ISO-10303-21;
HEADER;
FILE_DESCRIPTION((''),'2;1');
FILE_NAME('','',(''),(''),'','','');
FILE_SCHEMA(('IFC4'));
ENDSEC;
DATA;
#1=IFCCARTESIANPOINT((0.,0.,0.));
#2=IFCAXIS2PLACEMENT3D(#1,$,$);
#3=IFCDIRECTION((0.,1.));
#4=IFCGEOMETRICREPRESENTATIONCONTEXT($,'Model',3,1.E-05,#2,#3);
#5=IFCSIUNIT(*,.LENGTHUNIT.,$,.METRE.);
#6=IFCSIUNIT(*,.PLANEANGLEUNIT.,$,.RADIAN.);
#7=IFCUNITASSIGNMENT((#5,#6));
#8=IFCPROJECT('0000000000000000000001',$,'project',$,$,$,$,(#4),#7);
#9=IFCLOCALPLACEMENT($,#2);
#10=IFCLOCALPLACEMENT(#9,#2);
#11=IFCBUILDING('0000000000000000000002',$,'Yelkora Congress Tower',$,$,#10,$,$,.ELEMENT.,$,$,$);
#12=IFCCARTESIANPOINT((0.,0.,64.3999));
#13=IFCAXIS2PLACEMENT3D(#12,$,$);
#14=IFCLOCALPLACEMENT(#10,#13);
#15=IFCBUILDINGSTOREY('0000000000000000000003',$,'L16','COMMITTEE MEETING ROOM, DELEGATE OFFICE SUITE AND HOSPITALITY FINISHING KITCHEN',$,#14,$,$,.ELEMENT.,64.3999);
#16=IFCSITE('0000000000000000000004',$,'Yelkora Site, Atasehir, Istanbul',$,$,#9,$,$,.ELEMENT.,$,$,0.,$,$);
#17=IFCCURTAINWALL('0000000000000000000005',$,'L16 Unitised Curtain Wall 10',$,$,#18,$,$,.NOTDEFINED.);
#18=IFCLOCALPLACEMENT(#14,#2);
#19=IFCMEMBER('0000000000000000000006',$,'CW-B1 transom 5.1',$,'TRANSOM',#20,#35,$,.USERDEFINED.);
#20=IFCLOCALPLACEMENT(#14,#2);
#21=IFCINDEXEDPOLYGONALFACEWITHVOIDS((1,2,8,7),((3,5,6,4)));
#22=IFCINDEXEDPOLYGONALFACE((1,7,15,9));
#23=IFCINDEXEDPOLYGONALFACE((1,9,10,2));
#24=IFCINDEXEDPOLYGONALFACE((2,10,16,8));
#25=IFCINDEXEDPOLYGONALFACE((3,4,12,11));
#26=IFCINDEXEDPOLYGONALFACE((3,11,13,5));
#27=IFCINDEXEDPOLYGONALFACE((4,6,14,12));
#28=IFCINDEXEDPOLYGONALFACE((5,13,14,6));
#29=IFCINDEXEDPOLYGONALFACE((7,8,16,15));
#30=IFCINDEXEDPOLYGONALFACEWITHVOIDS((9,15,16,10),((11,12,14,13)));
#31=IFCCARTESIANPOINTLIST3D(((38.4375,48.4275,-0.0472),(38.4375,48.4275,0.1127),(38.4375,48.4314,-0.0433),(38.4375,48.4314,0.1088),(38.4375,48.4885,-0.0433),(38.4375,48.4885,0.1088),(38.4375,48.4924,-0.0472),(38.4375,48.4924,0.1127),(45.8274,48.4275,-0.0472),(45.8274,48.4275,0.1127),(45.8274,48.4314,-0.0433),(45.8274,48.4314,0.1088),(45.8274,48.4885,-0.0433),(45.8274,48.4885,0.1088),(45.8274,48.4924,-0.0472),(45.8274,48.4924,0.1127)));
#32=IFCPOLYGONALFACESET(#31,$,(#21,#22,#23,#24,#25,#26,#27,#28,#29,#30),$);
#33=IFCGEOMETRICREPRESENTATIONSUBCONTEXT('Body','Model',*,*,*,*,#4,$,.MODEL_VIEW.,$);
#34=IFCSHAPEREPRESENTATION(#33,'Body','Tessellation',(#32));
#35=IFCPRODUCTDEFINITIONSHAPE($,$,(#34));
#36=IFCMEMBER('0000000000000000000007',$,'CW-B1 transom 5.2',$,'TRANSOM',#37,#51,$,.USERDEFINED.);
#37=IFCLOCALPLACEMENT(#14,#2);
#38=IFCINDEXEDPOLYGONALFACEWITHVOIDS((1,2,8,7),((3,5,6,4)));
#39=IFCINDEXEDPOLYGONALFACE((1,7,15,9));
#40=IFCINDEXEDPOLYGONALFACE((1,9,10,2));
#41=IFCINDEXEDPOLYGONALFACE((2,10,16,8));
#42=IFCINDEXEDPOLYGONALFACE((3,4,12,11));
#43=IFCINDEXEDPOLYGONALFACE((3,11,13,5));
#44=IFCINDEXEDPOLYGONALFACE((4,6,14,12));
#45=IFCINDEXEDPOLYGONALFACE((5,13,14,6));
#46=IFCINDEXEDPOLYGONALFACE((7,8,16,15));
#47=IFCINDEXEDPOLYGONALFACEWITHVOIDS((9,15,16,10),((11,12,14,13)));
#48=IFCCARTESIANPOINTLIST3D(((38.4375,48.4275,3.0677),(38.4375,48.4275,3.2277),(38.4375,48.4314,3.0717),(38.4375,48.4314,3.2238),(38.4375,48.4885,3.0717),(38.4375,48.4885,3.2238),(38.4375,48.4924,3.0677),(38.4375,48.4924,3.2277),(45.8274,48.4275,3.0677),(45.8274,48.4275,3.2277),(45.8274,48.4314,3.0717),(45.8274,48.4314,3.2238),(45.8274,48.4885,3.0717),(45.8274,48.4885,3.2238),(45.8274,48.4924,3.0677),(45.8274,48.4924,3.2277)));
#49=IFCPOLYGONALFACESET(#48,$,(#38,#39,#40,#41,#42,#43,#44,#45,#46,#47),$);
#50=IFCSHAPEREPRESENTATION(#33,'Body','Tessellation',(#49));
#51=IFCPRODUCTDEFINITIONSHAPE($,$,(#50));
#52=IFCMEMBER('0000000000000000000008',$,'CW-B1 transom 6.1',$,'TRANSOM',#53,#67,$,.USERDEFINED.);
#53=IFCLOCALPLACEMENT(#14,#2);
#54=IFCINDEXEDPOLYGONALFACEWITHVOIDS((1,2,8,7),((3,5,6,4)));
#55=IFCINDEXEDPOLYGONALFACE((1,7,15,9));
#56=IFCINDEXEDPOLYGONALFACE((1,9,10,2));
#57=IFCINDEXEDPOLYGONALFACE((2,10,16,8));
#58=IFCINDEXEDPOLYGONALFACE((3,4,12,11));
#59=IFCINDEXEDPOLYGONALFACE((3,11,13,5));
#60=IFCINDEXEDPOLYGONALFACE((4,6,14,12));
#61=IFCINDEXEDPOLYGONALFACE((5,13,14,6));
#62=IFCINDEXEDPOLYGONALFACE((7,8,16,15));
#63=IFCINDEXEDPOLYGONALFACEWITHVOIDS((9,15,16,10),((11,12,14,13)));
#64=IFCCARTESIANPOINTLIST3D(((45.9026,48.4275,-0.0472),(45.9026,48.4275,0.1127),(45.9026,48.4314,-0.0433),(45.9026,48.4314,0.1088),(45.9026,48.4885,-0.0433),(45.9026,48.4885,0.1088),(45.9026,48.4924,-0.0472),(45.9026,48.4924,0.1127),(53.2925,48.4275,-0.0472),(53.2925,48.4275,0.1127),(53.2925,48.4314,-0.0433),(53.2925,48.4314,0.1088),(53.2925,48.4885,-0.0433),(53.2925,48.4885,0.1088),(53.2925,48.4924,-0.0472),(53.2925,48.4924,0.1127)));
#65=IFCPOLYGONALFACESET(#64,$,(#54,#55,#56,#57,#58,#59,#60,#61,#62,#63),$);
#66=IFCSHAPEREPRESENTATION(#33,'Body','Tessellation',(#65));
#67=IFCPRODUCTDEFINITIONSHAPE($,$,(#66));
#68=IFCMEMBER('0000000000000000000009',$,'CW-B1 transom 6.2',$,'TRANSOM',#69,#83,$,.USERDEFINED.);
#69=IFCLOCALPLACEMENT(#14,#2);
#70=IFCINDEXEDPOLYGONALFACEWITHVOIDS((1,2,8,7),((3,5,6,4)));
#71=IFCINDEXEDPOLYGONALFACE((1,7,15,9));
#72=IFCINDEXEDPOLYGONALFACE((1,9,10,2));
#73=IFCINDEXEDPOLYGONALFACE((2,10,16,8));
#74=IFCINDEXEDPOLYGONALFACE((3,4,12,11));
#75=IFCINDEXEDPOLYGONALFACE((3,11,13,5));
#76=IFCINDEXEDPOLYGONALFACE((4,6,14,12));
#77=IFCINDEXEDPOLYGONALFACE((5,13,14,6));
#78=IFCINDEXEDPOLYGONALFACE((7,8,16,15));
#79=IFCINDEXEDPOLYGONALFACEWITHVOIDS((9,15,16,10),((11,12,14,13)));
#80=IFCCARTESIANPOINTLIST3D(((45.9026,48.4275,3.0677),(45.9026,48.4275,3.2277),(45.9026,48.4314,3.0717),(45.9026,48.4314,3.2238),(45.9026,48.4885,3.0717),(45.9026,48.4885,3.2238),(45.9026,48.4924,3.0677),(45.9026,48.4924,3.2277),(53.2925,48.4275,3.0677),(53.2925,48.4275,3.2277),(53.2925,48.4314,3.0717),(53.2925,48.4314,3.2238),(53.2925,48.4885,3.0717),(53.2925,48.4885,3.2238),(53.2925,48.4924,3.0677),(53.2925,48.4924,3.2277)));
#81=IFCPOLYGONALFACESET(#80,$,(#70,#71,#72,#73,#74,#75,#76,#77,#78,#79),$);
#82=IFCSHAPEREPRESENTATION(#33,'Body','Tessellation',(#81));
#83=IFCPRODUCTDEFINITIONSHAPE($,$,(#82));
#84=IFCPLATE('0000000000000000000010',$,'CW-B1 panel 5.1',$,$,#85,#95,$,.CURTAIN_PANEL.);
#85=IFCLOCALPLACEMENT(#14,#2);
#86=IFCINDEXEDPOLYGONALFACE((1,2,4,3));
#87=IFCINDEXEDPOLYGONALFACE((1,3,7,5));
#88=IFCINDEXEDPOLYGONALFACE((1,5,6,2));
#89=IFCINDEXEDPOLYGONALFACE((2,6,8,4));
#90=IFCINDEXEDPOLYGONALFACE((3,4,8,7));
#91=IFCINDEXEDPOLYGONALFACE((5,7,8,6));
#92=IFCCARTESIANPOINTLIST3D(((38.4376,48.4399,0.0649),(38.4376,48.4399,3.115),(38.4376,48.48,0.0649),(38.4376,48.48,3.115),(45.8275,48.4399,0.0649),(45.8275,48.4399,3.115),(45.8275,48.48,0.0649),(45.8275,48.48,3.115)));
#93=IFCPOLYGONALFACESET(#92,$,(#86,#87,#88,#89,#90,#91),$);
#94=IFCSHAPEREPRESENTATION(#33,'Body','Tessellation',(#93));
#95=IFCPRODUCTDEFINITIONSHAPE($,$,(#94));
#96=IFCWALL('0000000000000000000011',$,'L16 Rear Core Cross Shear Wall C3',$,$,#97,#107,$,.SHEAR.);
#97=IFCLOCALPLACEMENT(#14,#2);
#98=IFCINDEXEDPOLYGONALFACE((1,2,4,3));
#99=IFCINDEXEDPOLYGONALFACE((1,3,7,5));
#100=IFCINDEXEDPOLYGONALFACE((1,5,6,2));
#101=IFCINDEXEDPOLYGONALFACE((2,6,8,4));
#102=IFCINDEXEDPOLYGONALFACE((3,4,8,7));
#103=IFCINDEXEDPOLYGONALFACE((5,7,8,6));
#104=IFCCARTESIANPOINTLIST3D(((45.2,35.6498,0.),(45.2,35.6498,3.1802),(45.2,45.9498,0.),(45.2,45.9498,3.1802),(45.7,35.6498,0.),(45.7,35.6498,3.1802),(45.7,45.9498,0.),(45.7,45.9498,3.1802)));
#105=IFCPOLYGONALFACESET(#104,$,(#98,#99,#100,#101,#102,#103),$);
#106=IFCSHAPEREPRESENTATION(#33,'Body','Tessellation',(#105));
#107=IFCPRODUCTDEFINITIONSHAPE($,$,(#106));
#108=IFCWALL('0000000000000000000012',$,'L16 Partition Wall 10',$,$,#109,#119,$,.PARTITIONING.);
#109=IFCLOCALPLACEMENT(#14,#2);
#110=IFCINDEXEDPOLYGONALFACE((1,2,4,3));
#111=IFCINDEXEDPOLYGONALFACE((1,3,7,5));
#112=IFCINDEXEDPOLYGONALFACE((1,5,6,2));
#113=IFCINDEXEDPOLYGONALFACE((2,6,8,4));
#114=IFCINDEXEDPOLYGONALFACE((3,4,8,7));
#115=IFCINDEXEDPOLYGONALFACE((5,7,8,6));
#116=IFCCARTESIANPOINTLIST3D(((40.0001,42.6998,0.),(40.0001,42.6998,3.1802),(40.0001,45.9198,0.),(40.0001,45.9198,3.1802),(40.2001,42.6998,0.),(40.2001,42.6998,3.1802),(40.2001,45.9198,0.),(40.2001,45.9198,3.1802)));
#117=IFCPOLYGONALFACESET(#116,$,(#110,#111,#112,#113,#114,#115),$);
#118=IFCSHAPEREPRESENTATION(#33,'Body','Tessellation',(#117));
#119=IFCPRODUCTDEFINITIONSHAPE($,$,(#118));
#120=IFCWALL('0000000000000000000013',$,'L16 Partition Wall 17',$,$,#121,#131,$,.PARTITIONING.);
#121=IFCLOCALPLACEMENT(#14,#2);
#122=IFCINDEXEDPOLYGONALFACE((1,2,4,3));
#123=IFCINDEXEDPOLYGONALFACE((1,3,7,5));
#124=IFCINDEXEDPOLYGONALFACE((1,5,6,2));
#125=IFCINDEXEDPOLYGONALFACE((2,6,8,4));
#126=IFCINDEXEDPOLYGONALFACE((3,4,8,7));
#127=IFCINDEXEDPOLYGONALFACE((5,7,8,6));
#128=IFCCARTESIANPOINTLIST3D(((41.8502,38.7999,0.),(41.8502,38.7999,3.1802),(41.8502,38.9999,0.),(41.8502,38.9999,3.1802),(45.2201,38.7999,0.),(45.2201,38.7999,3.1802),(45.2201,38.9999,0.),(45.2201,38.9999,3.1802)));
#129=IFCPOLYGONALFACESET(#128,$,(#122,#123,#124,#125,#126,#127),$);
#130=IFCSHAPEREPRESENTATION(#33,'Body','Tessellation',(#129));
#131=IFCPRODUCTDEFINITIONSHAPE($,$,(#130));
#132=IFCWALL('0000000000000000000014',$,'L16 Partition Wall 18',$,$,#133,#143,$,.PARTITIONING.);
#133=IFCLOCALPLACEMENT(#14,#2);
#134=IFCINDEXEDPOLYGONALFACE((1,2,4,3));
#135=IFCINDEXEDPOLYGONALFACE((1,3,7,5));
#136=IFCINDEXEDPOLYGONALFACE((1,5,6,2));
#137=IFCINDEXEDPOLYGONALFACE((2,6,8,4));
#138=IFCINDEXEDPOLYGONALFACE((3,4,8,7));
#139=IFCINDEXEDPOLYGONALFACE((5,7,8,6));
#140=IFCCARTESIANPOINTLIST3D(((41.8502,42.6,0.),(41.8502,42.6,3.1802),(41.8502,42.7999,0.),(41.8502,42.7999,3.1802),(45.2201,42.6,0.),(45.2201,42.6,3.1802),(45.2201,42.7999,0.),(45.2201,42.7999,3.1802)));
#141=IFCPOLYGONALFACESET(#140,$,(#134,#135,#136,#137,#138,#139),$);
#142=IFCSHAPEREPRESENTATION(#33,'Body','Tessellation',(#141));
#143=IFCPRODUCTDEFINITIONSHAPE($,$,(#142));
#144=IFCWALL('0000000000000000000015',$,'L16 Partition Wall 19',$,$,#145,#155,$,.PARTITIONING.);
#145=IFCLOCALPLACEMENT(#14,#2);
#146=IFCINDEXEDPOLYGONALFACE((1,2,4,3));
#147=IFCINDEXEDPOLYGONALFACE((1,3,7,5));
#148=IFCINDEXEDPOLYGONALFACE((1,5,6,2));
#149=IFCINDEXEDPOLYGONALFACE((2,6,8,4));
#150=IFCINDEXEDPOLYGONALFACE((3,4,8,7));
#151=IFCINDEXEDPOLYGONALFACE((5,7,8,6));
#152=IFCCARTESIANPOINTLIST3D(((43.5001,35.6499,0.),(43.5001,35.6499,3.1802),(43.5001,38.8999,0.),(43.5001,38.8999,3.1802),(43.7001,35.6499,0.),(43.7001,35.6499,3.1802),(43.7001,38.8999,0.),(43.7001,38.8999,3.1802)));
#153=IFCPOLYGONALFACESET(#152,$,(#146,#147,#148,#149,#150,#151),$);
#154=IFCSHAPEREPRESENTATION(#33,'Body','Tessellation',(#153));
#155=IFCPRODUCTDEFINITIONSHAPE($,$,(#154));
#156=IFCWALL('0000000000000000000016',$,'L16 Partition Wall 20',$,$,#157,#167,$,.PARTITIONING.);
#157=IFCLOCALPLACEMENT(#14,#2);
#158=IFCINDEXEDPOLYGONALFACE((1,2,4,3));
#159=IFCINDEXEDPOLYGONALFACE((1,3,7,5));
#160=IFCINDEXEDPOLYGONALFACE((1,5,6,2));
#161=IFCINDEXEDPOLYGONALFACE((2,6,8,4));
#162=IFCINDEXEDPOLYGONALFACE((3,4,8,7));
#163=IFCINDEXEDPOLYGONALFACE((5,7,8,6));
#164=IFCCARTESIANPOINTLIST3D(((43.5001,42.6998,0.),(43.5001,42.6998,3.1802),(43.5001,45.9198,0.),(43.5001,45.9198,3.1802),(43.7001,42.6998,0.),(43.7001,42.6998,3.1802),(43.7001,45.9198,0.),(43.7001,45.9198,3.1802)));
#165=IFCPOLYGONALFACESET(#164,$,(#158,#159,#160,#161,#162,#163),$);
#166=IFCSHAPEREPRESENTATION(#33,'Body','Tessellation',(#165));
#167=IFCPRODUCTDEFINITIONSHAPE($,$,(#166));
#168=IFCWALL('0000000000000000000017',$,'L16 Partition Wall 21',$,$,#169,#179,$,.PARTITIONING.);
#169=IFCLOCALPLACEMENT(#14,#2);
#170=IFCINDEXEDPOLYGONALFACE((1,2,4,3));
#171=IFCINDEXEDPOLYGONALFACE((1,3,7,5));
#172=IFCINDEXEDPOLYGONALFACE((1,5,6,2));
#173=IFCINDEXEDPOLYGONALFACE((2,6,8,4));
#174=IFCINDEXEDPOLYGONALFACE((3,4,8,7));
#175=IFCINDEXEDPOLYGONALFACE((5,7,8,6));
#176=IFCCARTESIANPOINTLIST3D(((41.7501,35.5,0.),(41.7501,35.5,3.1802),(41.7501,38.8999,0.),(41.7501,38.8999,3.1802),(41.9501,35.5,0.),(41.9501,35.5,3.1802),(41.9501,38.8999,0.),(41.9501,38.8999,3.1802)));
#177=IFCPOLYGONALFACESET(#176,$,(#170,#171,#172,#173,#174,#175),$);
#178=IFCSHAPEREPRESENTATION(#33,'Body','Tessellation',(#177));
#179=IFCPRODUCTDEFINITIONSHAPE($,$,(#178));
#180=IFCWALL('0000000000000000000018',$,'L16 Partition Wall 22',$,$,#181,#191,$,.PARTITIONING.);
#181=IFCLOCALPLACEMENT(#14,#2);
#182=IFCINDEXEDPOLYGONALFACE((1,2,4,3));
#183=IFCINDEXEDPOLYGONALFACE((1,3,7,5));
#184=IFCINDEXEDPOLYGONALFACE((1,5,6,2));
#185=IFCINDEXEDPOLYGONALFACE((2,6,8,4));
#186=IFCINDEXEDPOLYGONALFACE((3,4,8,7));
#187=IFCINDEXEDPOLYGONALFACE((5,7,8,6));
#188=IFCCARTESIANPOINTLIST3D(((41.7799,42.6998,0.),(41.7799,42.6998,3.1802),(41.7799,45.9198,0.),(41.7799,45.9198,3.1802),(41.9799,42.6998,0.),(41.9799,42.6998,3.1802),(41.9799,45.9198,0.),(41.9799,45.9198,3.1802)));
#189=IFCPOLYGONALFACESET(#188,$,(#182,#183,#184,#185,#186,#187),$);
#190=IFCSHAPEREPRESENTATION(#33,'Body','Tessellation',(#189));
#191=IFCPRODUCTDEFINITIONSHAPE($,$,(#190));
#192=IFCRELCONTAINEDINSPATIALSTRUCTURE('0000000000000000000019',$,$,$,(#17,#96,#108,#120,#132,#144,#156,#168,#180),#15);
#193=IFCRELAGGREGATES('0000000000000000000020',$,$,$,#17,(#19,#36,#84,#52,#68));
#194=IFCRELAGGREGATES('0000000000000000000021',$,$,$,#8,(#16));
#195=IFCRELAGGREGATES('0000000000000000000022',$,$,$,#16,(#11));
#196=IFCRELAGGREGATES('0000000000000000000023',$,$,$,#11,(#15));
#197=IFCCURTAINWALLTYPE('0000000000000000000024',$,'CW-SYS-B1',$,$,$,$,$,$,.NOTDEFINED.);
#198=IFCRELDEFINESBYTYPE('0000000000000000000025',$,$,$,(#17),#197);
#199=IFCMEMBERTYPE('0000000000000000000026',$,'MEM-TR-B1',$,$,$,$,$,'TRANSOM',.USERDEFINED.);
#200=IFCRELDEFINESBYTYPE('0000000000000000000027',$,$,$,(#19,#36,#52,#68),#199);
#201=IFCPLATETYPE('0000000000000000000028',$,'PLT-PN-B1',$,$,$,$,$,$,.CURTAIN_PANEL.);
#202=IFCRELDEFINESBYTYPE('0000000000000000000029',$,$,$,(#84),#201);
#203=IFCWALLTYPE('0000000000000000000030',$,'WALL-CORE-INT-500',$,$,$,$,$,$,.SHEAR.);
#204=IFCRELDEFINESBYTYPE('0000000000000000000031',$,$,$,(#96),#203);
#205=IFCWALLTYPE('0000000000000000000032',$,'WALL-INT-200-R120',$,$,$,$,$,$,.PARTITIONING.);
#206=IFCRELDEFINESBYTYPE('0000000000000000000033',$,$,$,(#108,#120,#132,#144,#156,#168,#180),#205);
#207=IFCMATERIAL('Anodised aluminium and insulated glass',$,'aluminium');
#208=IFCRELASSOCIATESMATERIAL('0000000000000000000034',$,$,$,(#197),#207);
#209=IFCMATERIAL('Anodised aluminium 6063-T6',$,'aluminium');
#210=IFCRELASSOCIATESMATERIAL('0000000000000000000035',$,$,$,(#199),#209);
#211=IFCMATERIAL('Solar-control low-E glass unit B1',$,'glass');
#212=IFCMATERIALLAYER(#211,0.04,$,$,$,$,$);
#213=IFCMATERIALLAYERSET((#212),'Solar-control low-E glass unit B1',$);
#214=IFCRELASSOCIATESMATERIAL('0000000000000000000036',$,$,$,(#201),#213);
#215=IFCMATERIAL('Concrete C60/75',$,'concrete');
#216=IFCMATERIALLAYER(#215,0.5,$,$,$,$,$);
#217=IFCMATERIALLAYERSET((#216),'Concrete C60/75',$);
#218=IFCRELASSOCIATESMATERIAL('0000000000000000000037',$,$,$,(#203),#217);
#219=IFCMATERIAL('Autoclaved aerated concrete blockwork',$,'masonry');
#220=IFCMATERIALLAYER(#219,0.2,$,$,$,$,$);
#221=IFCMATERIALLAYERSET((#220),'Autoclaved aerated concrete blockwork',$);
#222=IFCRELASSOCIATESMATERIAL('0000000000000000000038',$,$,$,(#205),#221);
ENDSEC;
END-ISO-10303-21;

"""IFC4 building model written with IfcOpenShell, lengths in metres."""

from ifc_helpers import new_model, si_unit, direction, frame, frame_2d, origin, origin_2d, place, context, subcontext, project, spatial, rectangle, hollow_rectangle, extrude, material, layer, layer_set, material_profile, profile_set, type_object, element, aggregate, save


model = new_model("IFC4")

# Units and contexts
model_context = context("Model", 3, precision=1e-05, world=origin(), true_north=direction((0.0, 1.0)))
body_context = subcontext(model_context, "Body", "Model", "MODEL_VIEW")
ifc_project = project(units=[si_unit("LENGTHUNIT", "METRE"), si_unit("PLANEANGLEUNIT", "RADIAN")], contexts=[model_context])

# Site, building, storey
site_placement = place(None, origin())
site = spatial("IfcSite", under=ifc_project, at=site_placement, Name="Yelkora Site, Atasehir, Istanbul", CompositionType="ELEMENT", RefElevation=0.0)
building_placement = place(site_placement, origin())
building = spatial("IfcBuilding", under=site, at=building_placement, Name="Yelkora Congress Tower", CompositionType="ELEMENT")
storey_placement = place(building_placement, frame((0.0, 0.0, 64.3999)))
storey = spatial("IfcBuildingStorey", under=building, at=storey_placement, Name="L16", Description="COMMITTEE MEETING ROOM, DELEGATE OFFICE SUITE AND HOSPITALITY FINISHING KITCHEN", CompositionType="ELEMENT", Elevation=64.3999)

# Shared definitions
ifc_material_1 = material(Name="Concrete C60/75", Category="concrete")

# Curtain wall, members, plate
ifc_material_2 = material(Name="Anodised aluminium and insulated glass", Category="aluminium")
curtain_wall_type = type_object("IfcCurtainWallType", Name="CW-SYS-B1", PredefinedType="NOTDEFINED", material=ifc_material_2)
curtain_wall_placement = place(storey_placement, origin())
curtain_wall = element("IfcCurtainWall", 1, at=curtain_wall_placement, inside=storey, type_object=curtain_wall_type, Name="L16 Unitised Curtain Wall 10", PredefinedType="NOTDEFINED")
ifc_material_3 = material(Name="Anodised aluminium 6063-T6", Category="aluminium")
ifc_material_profile_1 = material_profile(ifc_material_3, hollow_rectangle(XDim=0.0649, YDim=0.1599, WallThickness=0.0039, at=origin_2d()), Name="ALU 65x160x4")
ifc_profile_set_1 = profile_set([ifc_material_profile_1], Name="Anodised aluminium 6063-T6")
member_type_1 = type_object("IfcMemberType", Name="MEM-TR-B1", ElementType="TRANSOM", PredefinedType="USERDEFINED", material=ifc_profile_set_1)
member_1_placement = place(storey_placement, frame((38.4375, 48.46, 0.0327), z_axis=(1.0, 0.0, 0.0), x_axis=(0.0, 1.0, 0.0)))
member_1 = element("IfcMember", 2, at=member_1_placement, type_object=member_type_1, Name="CW-B1 transom 5.1", ObjectType="TRANSOM", PredefinedType="USERDEFINED", context=body_context, shape_type="SweptSolid", body=[
    extrude(hollow_rectangle(XDim=0.0649, YDim=0.1599, WallThickness=0.0039, at=origin_2d()), origin(), (0.0, 0.0, 1.0), 7.3899),
])
member_2_placement = place(storey_placement, frame((38.4375, 48.46, 3.1477), z_axis=(1.0, 0.0, 0.0), x_axis=(0.0, 1.0, 0.0)))
member_2 = element("IfcMember", 3, at=member_2_placement, type_object=member_type_1, Name="CW-B1 transom 5.2", ObjectType="TRANSOM", PredefinedType="USERDEFINED", context=body_context, shape_type="SweptSolid", body=[
    extrude(hollow_rectangle(XDim=0.0649, YDim=0.1599, WallThickness=0.0039, at=origin_2d()), origin(), (0.0, 0.0, 1.0), 7.3899),
])
member_3_placement = place(storey_placement, frame((45.9026, 48.46, 0.0327), z_axis=(1.0, 0.0, 0.0), x_axis=(0.0, 1.0, 0.0)))
member_3 = element("IfcMember", 4, at=member_3_placement, type_object=member_type_1, Name="CW-B1 transom 6.1", ObjectType="TRANSOM", PredefinedType="USERDEFINED", context=body_context, shape_type="SweptSolid", body=[
    extrude(hollow_rectangle(XDim=0.0649, YDim=0.1599, WallThickness=0.0039, at=origin_2d()), origin(), (0.0, 0.0, 1.0), 7.3899),
])
member_4_placement = place(storey_placement, frame((45.9026, 48.46, 3.1477), z_axis=(1.0, 0.0, 0.0), x_axis=(0.0, 1.0, 0.0)))
member_4 = element("IfcMember", 5, at=member_4_placement, type_object=member_type_1, Name="CW-B1 transom 6.2", ObjectType="TRANSOM", PredefinedType="USERDEFINED", context=body_context, shape_type="SweptSolid", body=[
    extrude(hollow_rectangle(XDim=0.0649, YDim=0.1599, WallThickness=0.0039, at=origin_2d()), origin(), (0.0, 0.0, 1.0), 7.3899),
])
ifc_material_4 = material(Name="Solar-control low-E glass unit B1", Category="glass")
ifc_layer_1 = layer(ifc_material_4, 0.04)
ifc_layer_set_1 = layer_set([ifc_layer_1], Name="Solar-control low-E glass unit B1")
plate_type = type_object("IfcPlateType", Name="PLT-PN-B1", PredefinedType="CURTAIN_PANEL", material=ifc_layer_set_1)
plate_placement = place(storey_placement, frame((42.1326, 48.46, 0.0649), z_axis=(0.0, 0.0, 1.0), x_axis=(1.0, 0.0, 0.0)))
plate = element("IfcPlate", 6, at=plate_placement, type_object=plate_type, Name="CW-B1 panel 5.1", PredefinedType="CURTAIN_PANEL", context=body_context, shape_type="SweptSolid", body=[
    extrude(rectangle(XDim=7.3899, YDim=0.04, at=origin_2d()), origin(), (0.0, 0.0, 1.0), 3.05),
])
aggregate(curtain_wall, [member_1, member_2, plate, member_3, member_4])

# Shared definitions
ifc_layer_2 = layer(ifc_material_1, 0.5)
ifc_layer_set_2 = layer_set([ifc_layer_2], Name="Concrete C60/75")
wall_type_1 = type_object("IfcWallType", Name="WALL-CORE-INT-500", PredefinedType="SHEAR", material=ifc_layer_set_2)

# Wall
wall_1_placement = place(storey_placement, frame((45.45, 35.6499, 0.0), z_axis=(0.0, 0.0, 1.0), x_axis=(0.0, 1.0, 0.0)))
element("IfcWall", 7, at=wall_1_placement, inside=storey, type_object=wall_type_1, Name="L16 Rear Core Cross Shear Wall C3", PredefinedType="SHEAR", context=body_context, shape_type="SweptSolid", body=[
    extrude(rectangle(XDim=10.3, YDim=0.5, at=frame_2d((5.1499, 0.0))), origin(), (0.0, 0.0, 1.0), 3.1802),
])

# Walls
ifc_material_5 = material(Name="Autoclaved aerated concrete blockwork", Category="masonry")
ifc_layer_3 = layer(ifc_material_5, 0.2)
ifc_layer_set_3 = layer_set([ifc_layer_3], Name="Autoclaved aerated concrete blockwork")
wall_type_2 = type_object("IfcWallType", Name="WALL-INT-200-R120", PredefinedType="PARTITIONING", material=ifc_layer_set_3)
wall_2_placement = place(storey_placement, frame((40.1001, 42.7, 0.0), z_axis=(0.0, 0.0, 1.0), x_axis=(0.0, 1.0, 0.0)))
element("IfcWall", 8, at=wall_2_placement, inside=storey, type_object=wall_type_2, Name="L16 Partition Wall 10", PredefinedType="PARTITIONING", context=body_context, shape_type="SweptSolid", body=[
    extrude(rectangle(XDim=3.22, YDim=0.2, at=frame_2d((1.6099, 0.0))), origin(), (0.0, 0.0, 1.0), 3.1802),
])
for number, where, z_axis, x_axis, name in (
    (9, (41.8501, 38.8999, 0.0), (0.0, 0.0, 1.0), (1.0, 0.0, 0.0), "L16 Partition Wall 17"),
    (10, (41.8501, 42.7, 0.0), (0.0, 0.0, 1.0), (1.0, 0.0, 0.0), "L16 Partition Wall 18"),
):
    element("IfcWall", number, at=place(storey_placement, frame(where, z_axis=z_axis, x_axis=x_axis)), inside=storey, type_object=wall_type_2, Name=name, PredefinedType="PARTITIONING", context=body_context, shape_type="SweptSolid", body=[
        extrude(rectangle(XDim=3.3699, YDim=0.2, at=frame_2d((1.6851, 0.0))), origin(), (0.0, 0.0, 1.0), 3.1802),
    ])
wall_3_placement = place(storey_placement, frame((43.6001, 35.6499, 0.0), z_axis=(0.0, 0.0, 1.0), x_axis=(0.0, 1.0, 0.0)))
element("IfcWall", 11, at=wall_3_placement, inside=storey, type_object=wall_type_2, Name="L16 Partition Wall 19", PredefinedType="PARTITIONING", context=body_context, shape_type="SweptSolid", body=[
    extrude(rectangle(XDim=3.25, YDim=0.2, at=frame_2d((1.625, 0.0))), origin(), (0.0, 0.0, 1.0), 3.1802),
])
wall_4_placement = place(storey_placement, frame((43.6001, 42.7, 0.0), z_axis=(0.0, 0.0, 1.0), x_axis=(0.0, 1.0, 0.0)))
element("IfcWall", 12, at=wall_4_placement, inside=storey, type_object=wall_type_2, Name="L16 Partition Wall 20", PredefinedType="PARTITIONING", context=body_context, shape_type="SweptSolid", body=[
    extrude(rectangle(XDim=3.22, YDim=0.2, at=frame_2d((1.6099, 0.0))), origin(), (0.0, 0.0, 1.0), 3.1802),
])
wall_5_placement = place(storey_placement, frame((41.8501, 35.5, 0.0), z_axis=(0.0, 0.0, 1.0), x_axis=(0.0, 1.0, 0.0)))
element("IfcWall", 13, at=wall_5_placement, inside=storey, type_object=wall_type_2, Name="L16 Partition Wall 21", PredefinedType="PARTITIONING", context=body_context, shape_type="SweptSolid", body=[
    extrude(rectangle(XDim=3.3999, YDim=0.2, at=frame_2d((1.7, 0.0))), origin(), (0.0, 0.0, 1.0), 3.1802),
])
wall_6_placement = place(storey_placement, frame((41.8799, 42.7, 0.0), z_axis=(0.0, 0.0, 1.0), x_axis=(0.0, 1.0, 0.0)))
element("IfcWall", 14, at=wall_6_placement, inside=storey, type_object=wall_type_2, Name="L16 Partition Wall 22", PredefinedType="PARTITIONING", context=body_context, shape_type="SweptSolid", body=[
    extrude(rectangle(XDim=3.22, YDim=0.2, at=frame_2d((1.6099, 0.0))), origin(), (0.0, 0.0, 1.0), 3.1802),
])

save(model, "model.ifc")
